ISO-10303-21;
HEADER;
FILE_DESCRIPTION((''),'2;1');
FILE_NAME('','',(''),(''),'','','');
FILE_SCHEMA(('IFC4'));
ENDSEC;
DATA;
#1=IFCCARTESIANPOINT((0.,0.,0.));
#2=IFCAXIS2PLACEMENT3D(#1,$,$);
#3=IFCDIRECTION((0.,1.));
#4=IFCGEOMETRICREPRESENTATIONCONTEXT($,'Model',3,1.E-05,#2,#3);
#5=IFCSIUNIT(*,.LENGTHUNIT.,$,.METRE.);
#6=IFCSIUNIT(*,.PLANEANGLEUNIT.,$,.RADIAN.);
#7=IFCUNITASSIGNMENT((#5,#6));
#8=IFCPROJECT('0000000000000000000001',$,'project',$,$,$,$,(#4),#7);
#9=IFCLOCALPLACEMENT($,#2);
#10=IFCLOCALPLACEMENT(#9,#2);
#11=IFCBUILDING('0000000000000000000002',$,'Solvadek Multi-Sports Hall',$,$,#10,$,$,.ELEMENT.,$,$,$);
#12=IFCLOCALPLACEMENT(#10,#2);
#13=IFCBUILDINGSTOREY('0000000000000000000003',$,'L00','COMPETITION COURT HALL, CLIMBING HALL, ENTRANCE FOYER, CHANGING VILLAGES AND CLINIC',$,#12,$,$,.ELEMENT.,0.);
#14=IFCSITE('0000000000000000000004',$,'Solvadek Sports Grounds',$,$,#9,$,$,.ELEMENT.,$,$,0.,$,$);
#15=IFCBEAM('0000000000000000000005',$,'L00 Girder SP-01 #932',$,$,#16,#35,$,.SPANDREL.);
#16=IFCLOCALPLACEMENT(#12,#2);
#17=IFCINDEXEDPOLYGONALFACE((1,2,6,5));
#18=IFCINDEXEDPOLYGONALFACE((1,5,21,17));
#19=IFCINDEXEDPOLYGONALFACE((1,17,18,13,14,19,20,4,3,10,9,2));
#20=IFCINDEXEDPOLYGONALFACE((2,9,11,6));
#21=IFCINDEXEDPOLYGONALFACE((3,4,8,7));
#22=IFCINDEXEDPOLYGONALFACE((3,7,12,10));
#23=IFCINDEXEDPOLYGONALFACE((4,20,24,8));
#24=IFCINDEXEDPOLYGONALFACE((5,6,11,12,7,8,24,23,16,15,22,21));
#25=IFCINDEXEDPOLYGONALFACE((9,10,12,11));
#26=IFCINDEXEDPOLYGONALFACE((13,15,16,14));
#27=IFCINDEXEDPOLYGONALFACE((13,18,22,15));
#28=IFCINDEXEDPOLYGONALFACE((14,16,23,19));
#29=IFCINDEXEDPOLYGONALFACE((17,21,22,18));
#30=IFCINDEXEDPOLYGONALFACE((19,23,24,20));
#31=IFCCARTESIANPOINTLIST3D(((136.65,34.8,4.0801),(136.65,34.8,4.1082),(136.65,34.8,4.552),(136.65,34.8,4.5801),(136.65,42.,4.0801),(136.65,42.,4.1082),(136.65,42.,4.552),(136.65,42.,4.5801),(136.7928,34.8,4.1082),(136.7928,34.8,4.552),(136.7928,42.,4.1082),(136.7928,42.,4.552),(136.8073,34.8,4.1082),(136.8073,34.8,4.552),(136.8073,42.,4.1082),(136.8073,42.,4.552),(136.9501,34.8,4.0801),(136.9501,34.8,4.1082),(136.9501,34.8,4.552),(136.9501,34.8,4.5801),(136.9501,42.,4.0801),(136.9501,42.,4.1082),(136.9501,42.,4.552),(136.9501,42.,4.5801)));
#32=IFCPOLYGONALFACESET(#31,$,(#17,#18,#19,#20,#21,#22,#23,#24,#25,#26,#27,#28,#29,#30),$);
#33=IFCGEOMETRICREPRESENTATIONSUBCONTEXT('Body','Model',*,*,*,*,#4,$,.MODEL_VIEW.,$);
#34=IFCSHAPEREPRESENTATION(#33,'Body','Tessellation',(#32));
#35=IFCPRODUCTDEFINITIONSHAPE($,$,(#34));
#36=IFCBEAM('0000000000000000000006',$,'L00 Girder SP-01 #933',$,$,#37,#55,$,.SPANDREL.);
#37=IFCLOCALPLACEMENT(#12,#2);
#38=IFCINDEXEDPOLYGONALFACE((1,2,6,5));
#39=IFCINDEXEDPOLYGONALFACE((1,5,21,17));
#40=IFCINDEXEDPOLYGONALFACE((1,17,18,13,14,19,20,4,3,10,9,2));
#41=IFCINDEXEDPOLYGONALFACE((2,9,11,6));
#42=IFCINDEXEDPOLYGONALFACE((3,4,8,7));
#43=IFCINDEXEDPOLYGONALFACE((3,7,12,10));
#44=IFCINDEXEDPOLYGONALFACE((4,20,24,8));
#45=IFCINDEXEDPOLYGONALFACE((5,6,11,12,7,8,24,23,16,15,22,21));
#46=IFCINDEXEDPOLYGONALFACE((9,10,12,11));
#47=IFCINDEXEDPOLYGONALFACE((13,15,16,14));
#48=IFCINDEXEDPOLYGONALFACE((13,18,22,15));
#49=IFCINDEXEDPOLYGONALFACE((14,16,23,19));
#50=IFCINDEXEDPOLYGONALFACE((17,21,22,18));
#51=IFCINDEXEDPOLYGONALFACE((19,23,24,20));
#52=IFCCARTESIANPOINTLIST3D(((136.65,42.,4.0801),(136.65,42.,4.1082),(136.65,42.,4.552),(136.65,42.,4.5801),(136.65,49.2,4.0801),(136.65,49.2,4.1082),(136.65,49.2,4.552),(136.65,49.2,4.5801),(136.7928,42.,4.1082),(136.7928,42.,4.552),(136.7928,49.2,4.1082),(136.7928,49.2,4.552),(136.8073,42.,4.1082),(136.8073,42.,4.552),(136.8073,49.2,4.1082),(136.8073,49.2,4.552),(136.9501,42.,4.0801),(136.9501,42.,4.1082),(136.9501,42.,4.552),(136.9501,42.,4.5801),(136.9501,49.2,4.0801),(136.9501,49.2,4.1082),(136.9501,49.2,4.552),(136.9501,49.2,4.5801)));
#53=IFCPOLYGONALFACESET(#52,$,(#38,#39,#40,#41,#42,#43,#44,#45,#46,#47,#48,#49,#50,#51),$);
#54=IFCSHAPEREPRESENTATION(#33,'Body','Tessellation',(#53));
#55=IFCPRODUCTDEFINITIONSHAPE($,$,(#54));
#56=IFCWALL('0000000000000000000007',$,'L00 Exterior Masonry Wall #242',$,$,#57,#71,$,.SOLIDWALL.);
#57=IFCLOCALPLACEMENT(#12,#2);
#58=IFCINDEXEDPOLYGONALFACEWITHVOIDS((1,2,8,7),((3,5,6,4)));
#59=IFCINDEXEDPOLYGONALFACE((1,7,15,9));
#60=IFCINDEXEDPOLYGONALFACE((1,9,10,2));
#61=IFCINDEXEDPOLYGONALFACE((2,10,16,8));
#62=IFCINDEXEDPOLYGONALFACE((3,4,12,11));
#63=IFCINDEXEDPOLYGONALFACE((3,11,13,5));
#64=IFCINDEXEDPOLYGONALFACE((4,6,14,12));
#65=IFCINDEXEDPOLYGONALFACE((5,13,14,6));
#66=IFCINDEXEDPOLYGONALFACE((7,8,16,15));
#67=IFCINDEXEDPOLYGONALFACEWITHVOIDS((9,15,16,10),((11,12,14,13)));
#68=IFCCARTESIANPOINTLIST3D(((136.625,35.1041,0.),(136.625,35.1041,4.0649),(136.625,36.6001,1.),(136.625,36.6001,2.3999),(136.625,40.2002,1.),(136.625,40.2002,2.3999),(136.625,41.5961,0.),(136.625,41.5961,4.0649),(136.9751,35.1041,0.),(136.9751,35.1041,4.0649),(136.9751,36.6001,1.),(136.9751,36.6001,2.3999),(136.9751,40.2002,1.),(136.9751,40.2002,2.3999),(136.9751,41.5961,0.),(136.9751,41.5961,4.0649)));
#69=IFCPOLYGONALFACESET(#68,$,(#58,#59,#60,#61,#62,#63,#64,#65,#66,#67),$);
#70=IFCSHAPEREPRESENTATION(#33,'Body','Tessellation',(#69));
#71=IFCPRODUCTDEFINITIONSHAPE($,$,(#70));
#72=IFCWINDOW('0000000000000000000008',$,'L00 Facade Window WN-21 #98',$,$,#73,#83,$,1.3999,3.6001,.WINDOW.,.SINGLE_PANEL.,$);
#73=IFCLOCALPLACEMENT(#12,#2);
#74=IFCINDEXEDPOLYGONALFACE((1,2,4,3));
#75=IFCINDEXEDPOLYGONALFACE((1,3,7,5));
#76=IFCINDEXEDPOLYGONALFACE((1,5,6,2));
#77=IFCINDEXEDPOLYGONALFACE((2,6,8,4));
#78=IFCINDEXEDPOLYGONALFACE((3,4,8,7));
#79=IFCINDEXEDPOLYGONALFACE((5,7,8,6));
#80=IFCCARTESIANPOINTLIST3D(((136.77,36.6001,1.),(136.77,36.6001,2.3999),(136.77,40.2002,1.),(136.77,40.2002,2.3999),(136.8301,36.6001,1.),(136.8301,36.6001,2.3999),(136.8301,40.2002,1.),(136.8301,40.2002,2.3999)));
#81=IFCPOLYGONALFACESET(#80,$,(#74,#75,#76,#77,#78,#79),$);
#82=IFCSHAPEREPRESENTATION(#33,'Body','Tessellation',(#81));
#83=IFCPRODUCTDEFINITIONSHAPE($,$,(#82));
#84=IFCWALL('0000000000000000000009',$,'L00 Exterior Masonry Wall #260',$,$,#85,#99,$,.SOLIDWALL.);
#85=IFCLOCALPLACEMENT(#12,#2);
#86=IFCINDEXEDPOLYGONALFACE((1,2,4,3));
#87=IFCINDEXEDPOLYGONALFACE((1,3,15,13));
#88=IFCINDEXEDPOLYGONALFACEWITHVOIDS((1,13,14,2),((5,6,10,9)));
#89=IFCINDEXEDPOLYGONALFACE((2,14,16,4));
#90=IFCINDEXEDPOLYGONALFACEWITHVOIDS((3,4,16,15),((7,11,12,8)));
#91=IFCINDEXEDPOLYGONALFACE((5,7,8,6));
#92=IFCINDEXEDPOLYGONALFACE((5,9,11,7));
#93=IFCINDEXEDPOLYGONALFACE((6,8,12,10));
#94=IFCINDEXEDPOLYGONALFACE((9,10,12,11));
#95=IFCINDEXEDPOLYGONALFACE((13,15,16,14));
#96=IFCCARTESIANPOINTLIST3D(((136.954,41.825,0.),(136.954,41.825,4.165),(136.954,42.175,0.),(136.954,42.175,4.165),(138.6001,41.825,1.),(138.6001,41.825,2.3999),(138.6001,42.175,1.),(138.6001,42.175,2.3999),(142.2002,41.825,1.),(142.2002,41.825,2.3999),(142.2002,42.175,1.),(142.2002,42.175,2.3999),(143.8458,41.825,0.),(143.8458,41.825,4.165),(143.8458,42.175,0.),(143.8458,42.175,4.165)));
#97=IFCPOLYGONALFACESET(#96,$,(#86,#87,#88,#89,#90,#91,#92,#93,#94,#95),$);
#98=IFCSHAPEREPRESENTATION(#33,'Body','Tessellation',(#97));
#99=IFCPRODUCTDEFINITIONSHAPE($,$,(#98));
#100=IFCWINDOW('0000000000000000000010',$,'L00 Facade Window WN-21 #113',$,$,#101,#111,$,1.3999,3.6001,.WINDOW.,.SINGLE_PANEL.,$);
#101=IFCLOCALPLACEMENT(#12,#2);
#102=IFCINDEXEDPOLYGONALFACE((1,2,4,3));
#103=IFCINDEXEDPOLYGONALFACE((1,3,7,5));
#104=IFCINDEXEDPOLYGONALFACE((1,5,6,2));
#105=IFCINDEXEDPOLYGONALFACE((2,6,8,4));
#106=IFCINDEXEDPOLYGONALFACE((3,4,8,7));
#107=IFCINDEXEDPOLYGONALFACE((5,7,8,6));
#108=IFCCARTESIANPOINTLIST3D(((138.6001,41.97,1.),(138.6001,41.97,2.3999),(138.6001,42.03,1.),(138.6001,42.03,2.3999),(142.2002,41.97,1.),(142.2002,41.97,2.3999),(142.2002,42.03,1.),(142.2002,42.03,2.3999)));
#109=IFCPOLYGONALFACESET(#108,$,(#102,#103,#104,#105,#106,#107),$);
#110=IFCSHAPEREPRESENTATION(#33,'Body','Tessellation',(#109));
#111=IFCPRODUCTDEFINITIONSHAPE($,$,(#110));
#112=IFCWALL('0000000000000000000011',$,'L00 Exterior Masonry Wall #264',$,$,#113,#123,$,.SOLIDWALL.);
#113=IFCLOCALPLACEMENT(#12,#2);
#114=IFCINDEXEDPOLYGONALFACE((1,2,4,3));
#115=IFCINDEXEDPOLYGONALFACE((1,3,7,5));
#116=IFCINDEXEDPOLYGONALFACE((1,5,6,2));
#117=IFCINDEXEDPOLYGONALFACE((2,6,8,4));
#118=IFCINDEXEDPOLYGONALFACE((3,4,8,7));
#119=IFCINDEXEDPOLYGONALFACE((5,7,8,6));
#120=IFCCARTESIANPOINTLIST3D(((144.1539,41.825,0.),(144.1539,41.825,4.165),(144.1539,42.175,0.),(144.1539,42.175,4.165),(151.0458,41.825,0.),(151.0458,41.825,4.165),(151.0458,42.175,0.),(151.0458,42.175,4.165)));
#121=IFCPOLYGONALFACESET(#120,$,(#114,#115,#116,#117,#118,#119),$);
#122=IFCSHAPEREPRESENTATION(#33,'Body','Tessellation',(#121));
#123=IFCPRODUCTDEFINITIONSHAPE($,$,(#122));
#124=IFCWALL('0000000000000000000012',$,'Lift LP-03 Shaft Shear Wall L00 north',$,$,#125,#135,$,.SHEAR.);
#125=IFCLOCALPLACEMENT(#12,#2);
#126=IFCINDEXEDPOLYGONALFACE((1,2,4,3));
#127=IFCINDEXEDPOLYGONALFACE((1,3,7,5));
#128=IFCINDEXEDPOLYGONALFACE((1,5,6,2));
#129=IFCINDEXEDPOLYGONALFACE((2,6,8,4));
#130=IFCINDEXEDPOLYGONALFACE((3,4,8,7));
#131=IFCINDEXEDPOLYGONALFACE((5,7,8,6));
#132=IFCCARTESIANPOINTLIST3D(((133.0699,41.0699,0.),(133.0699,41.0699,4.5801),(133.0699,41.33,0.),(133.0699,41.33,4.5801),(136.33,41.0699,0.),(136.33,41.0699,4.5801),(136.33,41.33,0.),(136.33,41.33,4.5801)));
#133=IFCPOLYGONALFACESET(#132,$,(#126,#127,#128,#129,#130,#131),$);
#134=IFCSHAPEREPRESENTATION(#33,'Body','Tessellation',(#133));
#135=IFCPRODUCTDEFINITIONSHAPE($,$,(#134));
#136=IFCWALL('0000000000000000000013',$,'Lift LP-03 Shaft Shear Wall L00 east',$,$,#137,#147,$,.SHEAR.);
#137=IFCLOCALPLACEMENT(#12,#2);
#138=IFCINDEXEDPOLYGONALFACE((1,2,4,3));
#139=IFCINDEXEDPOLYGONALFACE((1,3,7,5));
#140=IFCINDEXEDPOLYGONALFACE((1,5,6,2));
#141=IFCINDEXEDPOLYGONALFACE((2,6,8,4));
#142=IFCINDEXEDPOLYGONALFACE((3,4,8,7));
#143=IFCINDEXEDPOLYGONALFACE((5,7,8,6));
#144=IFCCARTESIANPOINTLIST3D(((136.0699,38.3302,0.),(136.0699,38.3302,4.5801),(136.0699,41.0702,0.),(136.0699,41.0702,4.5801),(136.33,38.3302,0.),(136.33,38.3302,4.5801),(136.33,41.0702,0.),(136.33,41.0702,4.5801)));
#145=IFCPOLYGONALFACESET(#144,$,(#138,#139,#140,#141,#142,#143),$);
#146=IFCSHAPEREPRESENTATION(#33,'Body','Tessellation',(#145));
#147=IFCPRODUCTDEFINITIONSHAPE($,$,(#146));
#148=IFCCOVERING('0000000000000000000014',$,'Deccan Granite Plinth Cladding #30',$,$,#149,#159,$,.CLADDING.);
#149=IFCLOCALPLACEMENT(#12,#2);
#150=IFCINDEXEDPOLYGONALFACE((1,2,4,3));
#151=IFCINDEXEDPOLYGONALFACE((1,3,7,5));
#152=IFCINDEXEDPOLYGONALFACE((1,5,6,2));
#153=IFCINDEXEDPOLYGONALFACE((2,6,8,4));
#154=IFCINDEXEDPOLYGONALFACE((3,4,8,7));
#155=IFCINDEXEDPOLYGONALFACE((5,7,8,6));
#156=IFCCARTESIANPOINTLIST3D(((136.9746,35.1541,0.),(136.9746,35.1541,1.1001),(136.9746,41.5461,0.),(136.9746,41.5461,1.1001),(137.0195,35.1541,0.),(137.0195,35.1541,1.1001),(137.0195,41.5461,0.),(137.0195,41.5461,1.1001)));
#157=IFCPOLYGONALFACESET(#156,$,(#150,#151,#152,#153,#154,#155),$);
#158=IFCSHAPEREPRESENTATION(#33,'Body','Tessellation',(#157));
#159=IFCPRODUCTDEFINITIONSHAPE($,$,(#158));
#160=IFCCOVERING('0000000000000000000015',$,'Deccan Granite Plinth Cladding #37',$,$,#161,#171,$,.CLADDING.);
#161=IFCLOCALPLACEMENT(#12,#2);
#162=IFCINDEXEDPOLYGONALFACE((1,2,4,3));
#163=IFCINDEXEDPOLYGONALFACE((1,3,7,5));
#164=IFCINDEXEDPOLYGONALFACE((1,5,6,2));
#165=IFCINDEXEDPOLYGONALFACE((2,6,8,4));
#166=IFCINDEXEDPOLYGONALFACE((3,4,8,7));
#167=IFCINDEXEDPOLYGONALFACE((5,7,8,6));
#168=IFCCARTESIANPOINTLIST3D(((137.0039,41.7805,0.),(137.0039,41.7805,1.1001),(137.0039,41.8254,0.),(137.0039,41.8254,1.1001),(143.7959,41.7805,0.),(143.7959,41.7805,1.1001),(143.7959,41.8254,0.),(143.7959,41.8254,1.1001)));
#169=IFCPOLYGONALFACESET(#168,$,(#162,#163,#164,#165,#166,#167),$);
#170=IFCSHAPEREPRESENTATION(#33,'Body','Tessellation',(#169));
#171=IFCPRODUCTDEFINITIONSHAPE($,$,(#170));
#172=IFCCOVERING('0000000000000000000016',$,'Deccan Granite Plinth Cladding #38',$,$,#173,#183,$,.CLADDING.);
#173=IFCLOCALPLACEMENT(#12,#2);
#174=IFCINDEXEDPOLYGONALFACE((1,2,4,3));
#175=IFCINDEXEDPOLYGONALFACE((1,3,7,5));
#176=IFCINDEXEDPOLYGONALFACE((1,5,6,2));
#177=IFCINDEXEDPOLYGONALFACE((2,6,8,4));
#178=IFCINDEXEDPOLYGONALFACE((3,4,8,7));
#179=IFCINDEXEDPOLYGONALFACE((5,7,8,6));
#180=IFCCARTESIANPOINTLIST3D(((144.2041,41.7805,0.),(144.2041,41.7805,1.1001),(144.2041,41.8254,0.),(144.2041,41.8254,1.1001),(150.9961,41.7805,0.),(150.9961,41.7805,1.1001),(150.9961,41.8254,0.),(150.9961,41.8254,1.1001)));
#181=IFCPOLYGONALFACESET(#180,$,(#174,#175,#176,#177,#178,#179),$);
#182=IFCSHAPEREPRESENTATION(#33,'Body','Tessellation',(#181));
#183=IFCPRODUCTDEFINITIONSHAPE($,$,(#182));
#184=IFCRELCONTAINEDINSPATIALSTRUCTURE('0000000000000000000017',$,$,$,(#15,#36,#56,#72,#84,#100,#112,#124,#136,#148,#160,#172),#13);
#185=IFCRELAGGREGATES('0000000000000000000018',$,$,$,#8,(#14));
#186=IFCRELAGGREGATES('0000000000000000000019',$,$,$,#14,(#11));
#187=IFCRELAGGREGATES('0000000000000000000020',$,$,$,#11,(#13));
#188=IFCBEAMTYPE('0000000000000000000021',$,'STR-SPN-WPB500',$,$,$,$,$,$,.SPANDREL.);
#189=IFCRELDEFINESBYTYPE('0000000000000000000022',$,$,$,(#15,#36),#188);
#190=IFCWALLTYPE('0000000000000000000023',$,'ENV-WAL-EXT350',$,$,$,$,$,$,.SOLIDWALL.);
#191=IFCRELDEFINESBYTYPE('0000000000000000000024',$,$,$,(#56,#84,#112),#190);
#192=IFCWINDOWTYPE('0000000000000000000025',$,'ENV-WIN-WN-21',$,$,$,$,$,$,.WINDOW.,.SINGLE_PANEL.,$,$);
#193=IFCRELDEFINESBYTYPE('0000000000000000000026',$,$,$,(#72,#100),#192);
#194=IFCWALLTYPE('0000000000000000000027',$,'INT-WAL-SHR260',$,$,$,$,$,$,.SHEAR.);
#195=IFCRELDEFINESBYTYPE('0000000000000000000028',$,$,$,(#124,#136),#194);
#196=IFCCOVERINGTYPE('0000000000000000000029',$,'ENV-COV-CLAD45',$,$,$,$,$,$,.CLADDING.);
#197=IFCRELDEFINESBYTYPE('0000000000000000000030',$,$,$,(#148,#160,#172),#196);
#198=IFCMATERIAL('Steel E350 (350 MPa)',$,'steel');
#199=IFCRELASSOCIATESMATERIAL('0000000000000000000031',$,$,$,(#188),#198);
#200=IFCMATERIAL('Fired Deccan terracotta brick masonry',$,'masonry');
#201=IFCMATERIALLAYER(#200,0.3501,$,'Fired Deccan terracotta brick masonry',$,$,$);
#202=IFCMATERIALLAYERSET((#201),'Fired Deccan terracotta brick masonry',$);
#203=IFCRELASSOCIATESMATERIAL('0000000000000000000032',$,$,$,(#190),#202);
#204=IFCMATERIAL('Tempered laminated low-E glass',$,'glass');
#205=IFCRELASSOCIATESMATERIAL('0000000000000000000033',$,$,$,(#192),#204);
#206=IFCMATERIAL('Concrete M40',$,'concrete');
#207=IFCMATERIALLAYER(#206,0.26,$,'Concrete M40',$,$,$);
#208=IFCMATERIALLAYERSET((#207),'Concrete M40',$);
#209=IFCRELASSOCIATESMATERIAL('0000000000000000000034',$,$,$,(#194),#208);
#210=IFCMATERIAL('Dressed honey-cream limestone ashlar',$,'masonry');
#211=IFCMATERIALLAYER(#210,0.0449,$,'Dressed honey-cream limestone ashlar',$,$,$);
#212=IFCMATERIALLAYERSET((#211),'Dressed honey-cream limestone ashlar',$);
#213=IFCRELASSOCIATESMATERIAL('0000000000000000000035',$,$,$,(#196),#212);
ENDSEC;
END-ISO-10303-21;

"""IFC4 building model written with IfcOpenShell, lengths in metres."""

from ifc_helpers import new_model, si_unit, direction, frame, frame_2d, origin, origin_2d, place, context, subcontext, project, spatial, rectangle, i_section, extrude, material, layer, layer_set, material_profile, profile_set, type_object, element, fill, save


model = new_model("IFC4")

# Units and contexts
model_context = context("Model", 3, precision=1e-05, world=origin(), true_north=direction((0.0, 1.0)))
body_context = subcontext(model_context, "Body", "Model", "MODEL_VIEW")
ifc_project = project(units=[si_unit("LENGTHUNIT", "METRE"), si_unit("PLANEANGLEUNIT", "RADIAN")], contexts=[model_context])

# Site, building, storey
site_placement = place(None, origin())
site = spatial("IfcSite", under=ifc_project, at=site_placement, Name="Solvadek Sports Grounds", CompositionType="ELEMENT", RefElevation=0.0)
building_placement = place(site_placement, origin())
building = spatial("IfcBuilding", under=site, at=building_placement, Name="Solvadek Multi-Sports Hall", CompositionType="ELEMENT")
storey_placement = place(building_placement, origin())
storey = spatial("IfcBuildingStorey", under=building, at=storey_placement, Name="L00", Description="COMPETITION COURT HALL, CLIMBING HALL, ENTRANCE FOYER, CHANGING VILLAGES AND CLINIC", CompositionType="ELEMENT", Elevation=0.0)

# Shared definitions
ifc_material_1 = material(Name="Steel E350 (350 MPa)", Category="steel")

# Beams
ifc_material_profile_1 = material_profile(ifc_material_1, i_section(OverallWidth=0.3, OverallDepth=0.5, WebThickness=0.0144, FlangeThickness=0.0281, at=origin_2d()), Name="WPB 500")
ifc_profile_set_1 = profile_set([ifc_material_profile_1], Name="Steel E350 (350 MPa)")
beam_type_1 = type_object("IfcBeamType", Name="STR-SPN-WPB500", PredefinedType="SPANDREL", material=ifc_profile_set_1)
for number, where, z_axis, x_axis, name in (
    (1, (136.8, 34.8, 4.3301), (0.0, 1.0, 0.0), (-1.0, 0.0, 0.0), "L00 Girder SP-01 #932"),
    (2, (136.8, 42.0, 4.3301), (0.0, 1.0, 0.0), (-1.0, 0.0, 0.0), "L00 Girder SP-01 #933"),
):
    element("IfcBeam", number, at=place(storey_placement, frame(where, z_axis=z_axis, x_axis=x_axis)), inside=storey, type_object=beam_type_1, Name=name, PredefinedType="SPANDREL", context=body_context, shape_type="SweptSolid", body=[
        extrude(i_section(OverallWidth=0.3, OverallDepth=0.5, WebThickness=0.0144, FlangeThickness=0.0281, at=origin_2d()), origin(), (0.0, 0.0, 1.0), 7.2),
    ])

# Walls, openings, windows
ifc_material_2 = material(Name="Fired Deccan terracotta brick masonry", Category="masonry")
ifc_layer_1 = layer(ifc_material_2, 0.3501, Name="Fired Deccan terracotta brick masonry")
ifc_layer_set_1 = layer_set([ifc_layer_1], Name="Fired Deccan terracotta brick masonry")
wall_type_1 = type_object("IfcWallType", Name="ENV-WAL-EXT350", PredefinedType="SOLIDWALL", material=ifc_layer_set_1)
wall_1_placement = place(storey_placement, frame((136.8, 35.104, 0.0), z_axis=(0.0, 0.0, 1.0), x_axis=(0.0, 1.0, 0.0)))
wall_1 = element("IfcWall", 3, at=wall_1_placement, inside=storey, type_object=wall_type_1, Name="L00 Exterior Masonry Wall #242", PredefinedType="SOLIDWALL", context=body_context, shape_type="SweptSolid", body=[
    extrude(rectangle(XDim=6.4919, YDim=0.3501, at=frame_2d((3.2461, 0.0))), origin(), (0.0, 0.0, 1.0), 4.0649),
])
opening_1_placement = place(wall_1_placement, frame((1.4961, 0.0, 1.0)))
opening_1 = element("IfcOpeningElement", 4, at=opening_1_placement, cuts=wall_1, PredefinedType="OPENING", context=body_context, shape_type="SweptSolid", body=[
    extrude(rectangle(XDim=3.6001, YDim=1.3999, at=frame_2d((1.8, 0.7))), frame((0.0, 0.1851, 0.0), z_axis=(0.0, -1.0, 0.0), x_axis=(1.0, 0.0, 0.0)), (0.0, 0.0, 1.0), 0.3701),
])
ifc_material_3 = material(Name="Tempered laminated low-E glass", Category="glass")
window_type = type_object("IfcWindowType", Name="ENV-WIN-WN-21", PartitioningType="SINGLE_PANEL", PredefinedType="WINDOW", material=ifc_material_3)
window_1_placement = place(opening_1_placement, origin())
window_1 = element("IfcWindow", 5, at=window_1_placement, inside=storey, type_object=window_type, Name="L00 Facade Window WN-21 #98", OverallHeight=1.3999, OverallWidth=3.6001, PartitioningType="SINGLE_PANEL", PredefinedType="WINDOW", context=body_context, shape_type="SweptSolid", body=[
    extrude(rectangle(XDim=3.6001, YDim=1.3999, at=frame_2d((1.8, 0.7))), frame((0.0, 0.03, 0.0), z_axis=(0.0, -1.0, 0.0), x_axis=(1.0, 0.0, 0.0)), (0.0, 0.0, 1.0), 0.0601),
])
fill(opening_1, window_1)
wall_2_placement = place(storey_placement, frame((136.9541, 42.0, 0.0), z_axis=(0.0, 0.0, 1.0), x_axis=(1.0, 0.0, 0.0)))
wall_2 = element("IfcWall", 6, at=wall_2_placement, inside=storey, type_object=wall_type_1, Name="L00 Exterior Masonry Wall #260", PredefinedType="SOLIDWALL", context=body_context, shape_type="SweptSolid", body=[
    extrude(rectangle(XDim=6.8918, YDim=0.3501, at=frame_2d((3.4458, 0.0))), origin(), (0.0, 0.0, 1.0), 4.165),
])
opening_2_placement = place(wall_2_placement, frame((1.646, 0.0, 1.0)))
opening_2 = element("IfcOpeningElement", 7, at=opening_2_placement, cuts=wall_2, PredefinedType="OPENING", context=body_context, shape_type="SweptSolid", body=[
    extrude(rectangle(XDim=3.6001, YDim=1.3999, at=frame_2d((1.8, 0.7))), frame((0.0, 0.1851, 0.0), z_axis=(0.0, -1.0, 0.0), x_axis=(1.0, 0.0, 0.0)), (0.0, 0.0, 1.0), 0.3701),
])
window_2_placement = place(opening_2_placement, origin())
window_2 = element("IfcWindow", 8, at=window_2_placement, inside=storey, type_object=window_type, Name="L00 Facade Window WN-21 #113", OverallHeight=1.3999, OverallWidth=3.6001, PartitioningType="SINGLE_PANEL", PredefinedType="WINDOW", context=body_context, shape_type="SweptSolid", body=[
    extrude(rectangle(XDim=3.6001, YDim=1.3999, at=frame_2d((1.8, 0.7))), frame((0.0, 0.03, 0.0), z_axis=(0.0, -1.0, 0.0), x_axis=(1.0, 0.0, 0.0)), (0.0, 0.0, 1.0), 0.0601),
])
fill(opening_2, window_2)

# Walls
wall_3_placement = place(storey_placement, frame((144.1541, 42.0, 0.0), z_axis=(0.0, 0.0, 1.0), x_axis=(1.0, 0.0, 0.0)))
element("IfcWall", 9, at=wall_3_placement, inside=storey, type_object=wall_type_1, Name="L00 Exterior Masonry Wall #264", PredefinedType="SOLIDWALL", context=body_context, shape_type="SweptSolid", body=[
    extrude(rectangle(XDim=6.8918, YDim=0.3501, at=frame_2d((3.4458, 0.0))), origin(), (0.0, 0.0, 1.0), 4.165),
])
ifc_material_4 = material(Name="Concrete M40", Category="concrete")
ifc_layer_2 = layer(ifc_material_4, 0.26, Name="Concrete M40")
ifc_layer_set_2 = layer_set([ifc_layer_2], Name="Concrete M40")
wall_type_2 = type_object("IfcWallType", Name="INT-WAL-SHR260", PredefinedType="SHEAR", material=ifc_layer_set_2)
wall_4_placement = place(storey_placement, frame((133.0701, 41.2, 0.0), z_axis=(0.0, 0.0, 1.0), x_axis=(1.0, 0.0, 0.0)))
element("IfcWall", 10, at=wall_4_placement, inside=storey, type_object=wall_type_2, Name="Lift LP-03 Shaft Shear Wall L00 north", PredefinedType="SHEAR", context=body_context, shape_type="SweptSolid", body=[
    extrude(rectangle(XDim=3.26, YDim=0.26, at=frame_2d((1.6299, 0.0))), origin(), (0.0, 0.0, 1.0), 4.5801),
])

# Wall
wall_5_placement = place(storey_placement, frame((136.2, 38.3301, 0.0), z_axis=(0.0, 0.0, 1.0), x_axis=(0.0, 1.0, 0.0)))
element("IfcWall", 11, at=wall_5_placement, inside=storey, type_object=wall_type_2, Name="Lift LP-03 Shaft Shear Wall L00 east", PredefinedType="SHEAR", context=body_context, shape_type="SweptSolid", body=[
    extrude(rectangle(XDim=2.74, YDim=0.26, at=frame_2d((1.3701, 0.0))), origin(), (0.0, 0.0, 1.0), 4.5801),
])

# Coverings
ifc_material_5 = material(Name="Dressed honey-cream limestone ashlar", Category="masonry")
ifc_layer_3 = layer(ifc_material_5, 0.0449, Name="Dressed honey-cream limestone ashlar")
ifc_layer_set_3 = layer_set([ifc_layer_3], Name="Dressed honey-cream limestone ashlar")
covering_type = type_object("IfcCoveringType", Name="ENV-COV-CLAD45", PredefinedType="CLADDING", material=ifc_layer_set_3)
covering_placement = place(storey_placement, frame((136.9971, 38.3501, 0.0), z_axis=(0.0, 0.0, 1.0), x_axis=(0.0, 1.0, 0.0)))
element("IfcCovering", 12, at=covering_placement, inside=storey, type_object=covering_type, Name="Deccan Granite Plinth Cladding #30", PredefinedType="CLADDING", context=body_context, shape_type="SweptSolid", body=[
    extrude(rectangle(XDim=6.3921, YDim=0.0449, at=origin_2d()), origin(), (0.0, 0.0, 1.0), 1.1001),
])
for number, where, z_axis, x_axis, name in (
    (13, (140.3999, 41.803, 0.0), (0.0, 0.0, 1.0), (1.0, 0.0, 0.0), "Deccan Granite Plinth Cladding #37"),
    (14, (147.6001, 41.803, 0.0), (0.0, 0.0, 1.0), (1.0, 0.0, 0.0), "Deccan Granite Plinth Cladding #38"),
):
    element("IfcCovering", number, at=place(storey_placement, frame(where, z_axis=z_axis, x_axis=x_axis)), inside=storey, type_object=covering_type, Name=name, PredefinedType="CLADDING", context=body_context, shape_type="SweptSolid", body=[
        extrude(rectangle(XDim=6.792, YDim=0.0449, at=origin_2d()), origin(), (0.0, 0.0, 1.0), 1.1001),
    ])

save(model, "model.ifc")
